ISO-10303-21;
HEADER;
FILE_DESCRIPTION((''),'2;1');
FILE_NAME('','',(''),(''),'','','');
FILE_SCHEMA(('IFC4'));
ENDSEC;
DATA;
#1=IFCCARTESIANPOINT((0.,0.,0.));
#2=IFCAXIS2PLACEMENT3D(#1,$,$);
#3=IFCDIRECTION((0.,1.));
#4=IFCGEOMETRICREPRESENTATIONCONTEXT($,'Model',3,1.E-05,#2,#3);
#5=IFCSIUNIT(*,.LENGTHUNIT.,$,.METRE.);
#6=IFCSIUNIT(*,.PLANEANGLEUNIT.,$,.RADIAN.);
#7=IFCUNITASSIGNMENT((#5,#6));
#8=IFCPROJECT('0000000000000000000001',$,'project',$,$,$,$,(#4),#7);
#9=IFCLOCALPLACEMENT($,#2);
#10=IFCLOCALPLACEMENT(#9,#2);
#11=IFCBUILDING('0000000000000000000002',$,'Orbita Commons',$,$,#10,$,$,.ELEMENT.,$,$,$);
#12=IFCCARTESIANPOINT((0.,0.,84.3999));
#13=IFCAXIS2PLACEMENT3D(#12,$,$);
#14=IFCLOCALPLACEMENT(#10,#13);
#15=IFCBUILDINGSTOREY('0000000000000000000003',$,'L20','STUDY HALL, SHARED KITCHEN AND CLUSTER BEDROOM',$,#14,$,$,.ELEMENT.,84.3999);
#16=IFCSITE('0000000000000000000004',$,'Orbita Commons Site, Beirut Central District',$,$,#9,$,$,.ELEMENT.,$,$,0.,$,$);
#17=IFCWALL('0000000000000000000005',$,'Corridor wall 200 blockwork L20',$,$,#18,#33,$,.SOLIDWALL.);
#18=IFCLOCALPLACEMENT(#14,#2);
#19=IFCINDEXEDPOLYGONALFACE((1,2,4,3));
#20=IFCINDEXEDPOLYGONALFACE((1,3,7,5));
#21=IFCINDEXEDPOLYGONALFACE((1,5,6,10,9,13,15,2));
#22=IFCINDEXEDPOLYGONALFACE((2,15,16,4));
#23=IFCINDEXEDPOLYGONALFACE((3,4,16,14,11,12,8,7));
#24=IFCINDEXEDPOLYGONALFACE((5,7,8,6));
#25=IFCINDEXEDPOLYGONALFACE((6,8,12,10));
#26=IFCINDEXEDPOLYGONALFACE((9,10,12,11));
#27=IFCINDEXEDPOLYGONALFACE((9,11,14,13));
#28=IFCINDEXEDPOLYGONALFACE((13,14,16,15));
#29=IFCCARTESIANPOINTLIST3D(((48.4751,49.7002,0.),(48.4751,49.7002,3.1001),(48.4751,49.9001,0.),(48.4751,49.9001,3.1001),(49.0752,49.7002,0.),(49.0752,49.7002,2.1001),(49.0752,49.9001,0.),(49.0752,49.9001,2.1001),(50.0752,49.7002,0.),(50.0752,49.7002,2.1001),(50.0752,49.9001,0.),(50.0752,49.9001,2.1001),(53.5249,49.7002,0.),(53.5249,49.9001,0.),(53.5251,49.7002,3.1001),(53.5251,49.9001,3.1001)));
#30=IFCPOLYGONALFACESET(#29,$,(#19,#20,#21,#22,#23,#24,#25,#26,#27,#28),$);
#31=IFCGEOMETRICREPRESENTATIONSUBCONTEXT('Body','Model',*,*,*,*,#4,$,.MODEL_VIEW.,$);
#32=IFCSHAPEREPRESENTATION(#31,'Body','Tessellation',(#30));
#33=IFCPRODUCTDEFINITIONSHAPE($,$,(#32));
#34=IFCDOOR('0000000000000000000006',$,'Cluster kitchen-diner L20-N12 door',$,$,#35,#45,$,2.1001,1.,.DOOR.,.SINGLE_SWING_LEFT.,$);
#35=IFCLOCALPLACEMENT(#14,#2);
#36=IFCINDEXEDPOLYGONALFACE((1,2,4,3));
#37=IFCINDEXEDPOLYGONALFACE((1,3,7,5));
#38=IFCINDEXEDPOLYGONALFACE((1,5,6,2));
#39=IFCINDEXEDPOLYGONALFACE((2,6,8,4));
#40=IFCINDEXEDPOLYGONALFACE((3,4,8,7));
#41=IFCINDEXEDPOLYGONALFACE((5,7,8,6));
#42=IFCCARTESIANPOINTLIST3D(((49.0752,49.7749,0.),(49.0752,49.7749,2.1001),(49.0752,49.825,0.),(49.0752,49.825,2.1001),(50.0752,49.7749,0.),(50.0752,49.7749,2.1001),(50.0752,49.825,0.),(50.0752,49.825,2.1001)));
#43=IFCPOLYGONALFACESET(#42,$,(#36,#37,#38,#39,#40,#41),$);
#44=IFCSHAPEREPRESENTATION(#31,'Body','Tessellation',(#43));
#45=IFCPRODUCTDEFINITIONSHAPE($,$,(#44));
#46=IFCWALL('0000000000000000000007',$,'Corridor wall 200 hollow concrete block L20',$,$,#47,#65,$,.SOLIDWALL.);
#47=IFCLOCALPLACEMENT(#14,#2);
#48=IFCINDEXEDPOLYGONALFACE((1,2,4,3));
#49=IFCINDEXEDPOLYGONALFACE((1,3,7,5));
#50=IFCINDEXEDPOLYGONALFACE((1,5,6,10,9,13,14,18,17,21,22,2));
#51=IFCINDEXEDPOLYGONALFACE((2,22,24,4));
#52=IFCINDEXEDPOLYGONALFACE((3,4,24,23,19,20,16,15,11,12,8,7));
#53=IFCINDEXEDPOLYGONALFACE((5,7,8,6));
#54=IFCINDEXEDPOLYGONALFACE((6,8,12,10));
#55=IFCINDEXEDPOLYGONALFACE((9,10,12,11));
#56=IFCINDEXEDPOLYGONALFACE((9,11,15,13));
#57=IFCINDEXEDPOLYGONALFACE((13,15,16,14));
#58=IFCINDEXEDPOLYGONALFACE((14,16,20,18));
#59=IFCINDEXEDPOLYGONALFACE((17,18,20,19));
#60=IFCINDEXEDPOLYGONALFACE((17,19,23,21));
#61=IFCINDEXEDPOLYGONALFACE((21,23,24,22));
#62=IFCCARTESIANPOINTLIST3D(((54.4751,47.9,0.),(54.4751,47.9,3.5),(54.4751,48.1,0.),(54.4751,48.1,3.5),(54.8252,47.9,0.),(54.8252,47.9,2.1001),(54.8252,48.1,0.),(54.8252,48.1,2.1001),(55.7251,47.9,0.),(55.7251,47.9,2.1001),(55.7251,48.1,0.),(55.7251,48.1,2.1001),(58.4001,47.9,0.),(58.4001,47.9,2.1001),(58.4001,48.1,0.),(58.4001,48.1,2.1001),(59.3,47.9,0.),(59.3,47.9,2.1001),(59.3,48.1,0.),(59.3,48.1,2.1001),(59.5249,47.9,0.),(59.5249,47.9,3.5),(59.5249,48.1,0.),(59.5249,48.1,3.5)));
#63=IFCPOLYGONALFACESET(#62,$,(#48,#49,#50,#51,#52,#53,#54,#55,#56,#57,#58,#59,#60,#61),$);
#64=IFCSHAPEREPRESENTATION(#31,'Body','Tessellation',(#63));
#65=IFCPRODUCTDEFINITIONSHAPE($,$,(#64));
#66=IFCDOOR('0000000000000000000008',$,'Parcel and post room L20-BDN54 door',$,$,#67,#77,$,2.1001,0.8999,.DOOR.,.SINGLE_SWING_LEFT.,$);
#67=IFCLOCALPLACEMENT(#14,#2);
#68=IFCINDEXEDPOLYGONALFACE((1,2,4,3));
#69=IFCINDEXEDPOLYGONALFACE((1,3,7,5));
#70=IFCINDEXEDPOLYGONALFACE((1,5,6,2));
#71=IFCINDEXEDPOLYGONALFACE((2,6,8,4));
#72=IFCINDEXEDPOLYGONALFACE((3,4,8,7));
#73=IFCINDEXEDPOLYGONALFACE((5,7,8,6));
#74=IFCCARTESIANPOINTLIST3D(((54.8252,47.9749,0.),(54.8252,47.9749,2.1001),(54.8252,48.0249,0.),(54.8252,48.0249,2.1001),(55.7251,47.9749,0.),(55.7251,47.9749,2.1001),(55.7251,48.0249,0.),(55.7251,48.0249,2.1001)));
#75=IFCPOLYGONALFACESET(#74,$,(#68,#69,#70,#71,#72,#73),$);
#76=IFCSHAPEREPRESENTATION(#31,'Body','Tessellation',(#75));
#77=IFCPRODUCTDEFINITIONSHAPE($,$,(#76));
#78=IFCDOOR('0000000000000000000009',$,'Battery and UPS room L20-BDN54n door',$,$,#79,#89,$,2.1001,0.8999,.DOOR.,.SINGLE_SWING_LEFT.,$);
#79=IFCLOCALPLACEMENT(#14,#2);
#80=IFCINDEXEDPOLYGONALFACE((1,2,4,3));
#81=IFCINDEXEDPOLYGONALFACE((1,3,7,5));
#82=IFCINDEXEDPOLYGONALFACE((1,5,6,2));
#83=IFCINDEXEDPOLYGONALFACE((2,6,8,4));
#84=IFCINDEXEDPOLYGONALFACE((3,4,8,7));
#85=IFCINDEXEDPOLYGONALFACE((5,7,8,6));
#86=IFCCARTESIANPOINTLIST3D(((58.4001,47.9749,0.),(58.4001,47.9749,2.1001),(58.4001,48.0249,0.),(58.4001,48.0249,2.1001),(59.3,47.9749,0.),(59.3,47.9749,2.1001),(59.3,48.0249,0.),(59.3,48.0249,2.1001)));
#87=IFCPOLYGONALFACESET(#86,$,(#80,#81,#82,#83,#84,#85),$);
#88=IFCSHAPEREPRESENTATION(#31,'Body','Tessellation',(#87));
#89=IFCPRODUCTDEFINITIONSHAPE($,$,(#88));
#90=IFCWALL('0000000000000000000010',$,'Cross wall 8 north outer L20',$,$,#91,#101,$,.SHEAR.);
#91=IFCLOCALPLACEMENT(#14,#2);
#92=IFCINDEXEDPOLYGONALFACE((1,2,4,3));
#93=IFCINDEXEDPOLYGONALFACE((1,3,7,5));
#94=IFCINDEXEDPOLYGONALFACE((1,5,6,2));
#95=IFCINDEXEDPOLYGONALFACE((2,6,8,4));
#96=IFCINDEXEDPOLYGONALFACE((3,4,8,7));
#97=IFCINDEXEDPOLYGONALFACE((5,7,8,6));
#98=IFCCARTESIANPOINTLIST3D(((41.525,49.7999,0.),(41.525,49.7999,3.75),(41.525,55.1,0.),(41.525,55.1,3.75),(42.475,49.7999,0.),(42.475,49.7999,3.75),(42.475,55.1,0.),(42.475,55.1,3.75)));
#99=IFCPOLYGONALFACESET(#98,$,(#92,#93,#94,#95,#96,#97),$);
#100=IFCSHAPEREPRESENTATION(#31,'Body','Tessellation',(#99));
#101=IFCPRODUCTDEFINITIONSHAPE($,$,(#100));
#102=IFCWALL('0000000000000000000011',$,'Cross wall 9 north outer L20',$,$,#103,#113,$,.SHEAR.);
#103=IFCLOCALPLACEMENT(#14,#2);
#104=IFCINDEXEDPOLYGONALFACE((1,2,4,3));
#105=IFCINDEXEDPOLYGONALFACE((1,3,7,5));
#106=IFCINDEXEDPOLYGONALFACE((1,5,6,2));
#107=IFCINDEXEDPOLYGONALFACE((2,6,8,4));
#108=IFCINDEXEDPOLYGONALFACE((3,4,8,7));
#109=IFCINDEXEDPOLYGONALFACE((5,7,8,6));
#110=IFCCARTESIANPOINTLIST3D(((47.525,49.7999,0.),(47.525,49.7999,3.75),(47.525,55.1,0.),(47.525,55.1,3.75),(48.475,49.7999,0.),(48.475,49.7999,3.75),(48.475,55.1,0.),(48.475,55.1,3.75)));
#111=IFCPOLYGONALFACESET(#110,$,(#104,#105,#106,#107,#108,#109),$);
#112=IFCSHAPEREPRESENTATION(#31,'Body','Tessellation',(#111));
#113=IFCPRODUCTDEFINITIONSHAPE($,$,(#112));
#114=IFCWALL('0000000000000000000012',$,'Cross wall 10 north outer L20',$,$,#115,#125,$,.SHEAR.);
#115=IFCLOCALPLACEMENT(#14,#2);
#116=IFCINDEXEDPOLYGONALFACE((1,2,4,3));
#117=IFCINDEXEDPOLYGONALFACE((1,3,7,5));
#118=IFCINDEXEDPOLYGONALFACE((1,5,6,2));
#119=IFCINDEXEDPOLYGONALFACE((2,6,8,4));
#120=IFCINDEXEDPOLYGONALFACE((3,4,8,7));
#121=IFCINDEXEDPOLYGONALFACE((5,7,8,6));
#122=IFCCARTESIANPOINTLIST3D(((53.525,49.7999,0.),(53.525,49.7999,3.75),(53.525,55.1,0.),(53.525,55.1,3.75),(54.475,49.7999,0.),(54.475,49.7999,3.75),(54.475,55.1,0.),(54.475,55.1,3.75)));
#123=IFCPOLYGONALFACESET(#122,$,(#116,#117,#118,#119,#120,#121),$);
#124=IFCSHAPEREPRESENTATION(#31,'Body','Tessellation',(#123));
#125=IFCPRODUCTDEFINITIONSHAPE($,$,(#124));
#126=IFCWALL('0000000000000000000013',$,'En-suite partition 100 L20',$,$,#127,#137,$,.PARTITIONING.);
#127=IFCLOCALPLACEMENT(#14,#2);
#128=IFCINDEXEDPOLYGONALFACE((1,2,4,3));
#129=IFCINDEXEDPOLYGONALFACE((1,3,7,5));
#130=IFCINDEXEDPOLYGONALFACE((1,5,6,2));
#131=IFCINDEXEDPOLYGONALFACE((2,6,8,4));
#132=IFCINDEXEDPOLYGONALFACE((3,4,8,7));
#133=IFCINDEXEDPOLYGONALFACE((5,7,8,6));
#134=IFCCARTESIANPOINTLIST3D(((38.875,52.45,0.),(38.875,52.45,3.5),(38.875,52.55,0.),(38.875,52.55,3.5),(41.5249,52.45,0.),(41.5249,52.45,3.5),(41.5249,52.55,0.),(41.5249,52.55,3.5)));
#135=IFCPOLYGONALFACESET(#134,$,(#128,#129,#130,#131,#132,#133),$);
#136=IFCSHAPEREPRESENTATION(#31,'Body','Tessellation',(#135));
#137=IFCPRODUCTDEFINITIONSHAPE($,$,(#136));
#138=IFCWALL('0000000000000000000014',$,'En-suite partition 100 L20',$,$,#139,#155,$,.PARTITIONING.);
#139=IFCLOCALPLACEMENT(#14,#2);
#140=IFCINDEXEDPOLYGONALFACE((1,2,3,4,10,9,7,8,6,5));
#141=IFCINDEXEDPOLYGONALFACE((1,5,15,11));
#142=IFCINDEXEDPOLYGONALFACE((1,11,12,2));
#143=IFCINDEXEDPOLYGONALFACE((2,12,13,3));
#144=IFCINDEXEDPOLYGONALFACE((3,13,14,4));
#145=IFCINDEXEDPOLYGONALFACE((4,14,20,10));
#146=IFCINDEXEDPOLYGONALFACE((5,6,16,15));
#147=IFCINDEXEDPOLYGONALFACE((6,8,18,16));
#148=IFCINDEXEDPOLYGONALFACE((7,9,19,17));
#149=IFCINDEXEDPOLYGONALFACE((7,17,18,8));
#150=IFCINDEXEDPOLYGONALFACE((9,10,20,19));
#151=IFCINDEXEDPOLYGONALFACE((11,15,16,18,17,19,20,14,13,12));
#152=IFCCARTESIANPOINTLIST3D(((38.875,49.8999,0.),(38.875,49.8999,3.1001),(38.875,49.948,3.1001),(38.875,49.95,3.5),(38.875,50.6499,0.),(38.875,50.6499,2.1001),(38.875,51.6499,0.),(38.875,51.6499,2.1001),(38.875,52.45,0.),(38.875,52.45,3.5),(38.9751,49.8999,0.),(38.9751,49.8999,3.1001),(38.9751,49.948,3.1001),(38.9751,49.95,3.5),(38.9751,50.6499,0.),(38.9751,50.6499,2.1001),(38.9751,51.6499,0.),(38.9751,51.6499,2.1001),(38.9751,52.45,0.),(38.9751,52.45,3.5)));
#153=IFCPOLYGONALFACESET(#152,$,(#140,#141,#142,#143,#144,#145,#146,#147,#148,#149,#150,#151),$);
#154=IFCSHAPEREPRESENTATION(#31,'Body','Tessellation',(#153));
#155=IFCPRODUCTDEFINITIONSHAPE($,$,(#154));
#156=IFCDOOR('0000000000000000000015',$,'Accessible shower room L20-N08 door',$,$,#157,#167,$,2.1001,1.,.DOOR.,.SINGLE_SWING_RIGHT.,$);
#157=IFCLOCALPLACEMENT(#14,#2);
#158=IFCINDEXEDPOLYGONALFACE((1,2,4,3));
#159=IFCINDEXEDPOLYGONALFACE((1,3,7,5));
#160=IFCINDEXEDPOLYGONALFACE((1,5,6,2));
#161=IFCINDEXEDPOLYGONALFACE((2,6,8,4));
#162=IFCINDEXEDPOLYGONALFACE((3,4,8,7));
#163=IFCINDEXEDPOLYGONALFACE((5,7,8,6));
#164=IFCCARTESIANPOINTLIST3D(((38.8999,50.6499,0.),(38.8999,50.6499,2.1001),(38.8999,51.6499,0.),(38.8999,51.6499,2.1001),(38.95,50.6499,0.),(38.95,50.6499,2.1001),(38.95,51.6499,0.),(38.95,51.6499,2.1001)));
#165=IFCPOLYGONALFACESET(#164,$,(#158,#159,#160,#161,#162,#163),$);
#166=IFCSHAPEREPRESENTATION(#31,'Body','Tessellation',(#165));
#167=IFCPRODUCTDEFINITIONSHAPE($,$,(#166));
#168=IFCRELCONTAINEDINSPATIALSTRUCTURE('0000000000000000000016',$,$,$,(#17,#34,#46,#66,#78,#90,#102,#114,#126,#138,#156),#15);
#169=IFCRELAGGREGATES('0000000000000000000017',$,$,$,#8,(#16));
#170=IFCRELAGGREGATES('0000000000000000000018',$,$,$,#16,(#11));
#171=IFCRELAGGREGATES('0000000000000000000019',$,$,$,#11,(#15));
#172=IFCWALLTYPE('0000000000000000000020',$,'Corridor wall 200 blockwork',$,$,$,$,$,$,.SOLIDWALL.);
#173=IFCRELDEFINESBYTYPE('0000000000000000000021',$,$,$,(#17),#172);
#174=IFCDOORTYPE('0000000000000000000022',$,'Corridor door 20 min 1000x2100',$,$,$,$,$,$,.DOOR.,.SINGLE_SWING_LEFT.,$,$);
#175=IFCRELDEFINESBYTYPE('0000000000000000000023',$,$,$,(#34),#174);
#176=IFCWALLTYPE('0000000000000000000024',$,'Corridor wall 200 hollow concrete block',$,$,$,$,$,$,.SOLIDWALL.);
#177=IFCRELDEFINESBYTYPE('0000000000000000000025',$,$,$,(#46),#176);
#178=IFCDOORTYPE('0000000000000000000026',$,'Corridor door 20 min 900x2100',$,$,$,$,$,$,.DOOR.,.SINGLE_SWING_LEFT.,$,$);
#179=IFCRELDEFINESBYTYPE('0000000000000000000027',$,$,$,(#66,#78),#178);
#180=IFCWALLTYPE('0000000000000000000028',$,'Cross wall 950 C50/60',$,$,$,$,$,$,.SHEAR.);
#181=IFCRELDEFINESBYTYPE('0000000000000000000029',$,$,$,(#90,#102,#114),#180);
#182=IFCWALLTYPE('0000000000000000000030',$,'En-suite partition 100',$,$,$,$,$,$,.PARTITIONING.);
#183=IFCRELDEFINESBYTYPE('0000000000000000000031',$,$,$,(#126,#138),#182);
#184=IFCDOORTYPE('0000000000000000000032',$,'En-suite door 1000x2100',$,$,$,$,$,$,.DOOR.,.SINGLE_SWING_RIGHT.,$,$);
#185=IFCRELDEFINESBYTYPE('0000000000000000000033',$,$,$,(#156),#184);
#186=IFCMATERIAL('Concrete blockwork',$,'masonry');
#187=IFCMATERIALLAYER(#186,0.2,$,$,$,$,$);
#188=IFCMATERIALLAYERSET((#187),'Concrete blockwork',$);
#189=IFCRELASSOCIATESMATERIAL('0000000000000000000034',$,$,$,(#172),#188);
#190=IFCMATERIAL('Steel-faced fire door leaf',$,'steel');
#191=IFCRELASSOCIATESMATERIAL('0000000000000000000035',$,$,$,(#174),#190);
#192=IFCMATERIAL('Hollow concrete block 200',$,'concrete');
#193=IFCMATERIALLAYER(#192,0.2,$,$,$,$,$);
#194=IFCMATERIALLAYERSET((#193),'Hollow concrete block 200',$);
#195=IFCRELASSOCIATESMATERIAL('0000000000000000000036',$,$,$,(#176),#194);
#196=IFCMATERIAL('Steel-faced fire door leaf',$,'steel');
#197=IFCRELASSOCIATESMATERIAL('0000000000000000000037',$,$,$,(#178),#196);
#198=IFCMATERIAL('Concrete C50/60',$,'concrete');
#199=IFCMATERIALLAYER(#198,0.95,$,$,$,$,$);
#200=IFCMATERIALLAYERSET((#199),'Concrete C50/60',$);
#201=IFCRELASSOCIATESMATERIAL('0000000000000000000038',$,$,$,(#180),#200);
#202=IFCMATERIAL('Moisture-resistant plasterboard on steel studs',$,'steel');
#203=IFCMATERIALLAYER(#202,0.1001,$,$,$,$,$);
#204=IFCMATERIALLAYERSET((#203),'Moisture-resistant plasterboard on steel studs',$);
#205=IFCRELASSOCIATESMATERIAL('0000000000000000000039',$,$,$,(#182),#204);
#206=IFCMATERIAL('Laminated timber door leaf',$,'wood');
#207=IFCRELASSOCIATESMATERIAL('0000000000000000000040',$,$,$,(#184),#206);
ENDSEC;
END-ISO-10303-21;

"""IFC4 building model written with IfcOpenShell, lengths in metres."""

from ifc_helpers import new_model, si_unit, direction, frame, frame_2d, origin, place, context, subcontext, project, spatial, polyline, rectangle, outline, extrude, material, layer, layer_set, type_object, element, fill, save


model = new_model("IFC4")

# Units and contexts
model_context = context("Model", 3, precision=1e-05, world=origin(), true_north=direction((0.0, 1.0)))
body_context = subcontext(model_context, "Body", "Model", "MODEL_VIEW")
ifc_project = project(units=[si_unit("LENGTHUNIT", "METRE"), si_unit("PLANEANGLEUNIT", "RADIAN")], contexts=[model_context])

# Site, building, storey
site_placement = place(None, origin())
site = spatial("IfcSite", under=ifc_project, at=site_placement, Name="Orbita Commons Site, Beirut Central District", CompositionType="ELEMENT", RefElevation=0.0)
building_placement = place(site_placement, origin())
building = spatial("IfcBuilding", under=site, at=building_placement, Name="Orbita Commons", CompositionType="ELEMENT")
storey_placement = place(building_placement, frame((0.0, 0.0, 84.3999)))
storey = spatial("IfcBuildingStorey", under=building, at=storey_placement, Name="L20", Description="STUDY HALL, SHARED KITCHEN AND CLUSTER BEDROOM", CompositionType="ELEMENT", Elevation=84.3999)

# Wall, opening, door
ifc_material_1 = material(Name="Concrete blockwork", Category="masonry")
ifc_layer_1 = layer(ifc_material_1, 0.2)
ifc_layer_set_1 = layer_set([ifc_layer_1], Name="Concrete blockwork")
wall_type_1 = type_object("IfcWallType", Name="Corridor wall 200 blockwork", PredefinedType="SOLIDWALL", material=ifc_layer_set_1)
ifc_material_2 = material(Name="Steel-faced fire door leaf", Category="steel")
door_type_1 = type_object("IfcDoorType", Name="Corridor door 20 min 1000x2100", OperationType="SINGLE_SWING_LEFT", PredefinedType="DOOR", material=ifc_material_2)
wall_1_placement = place(storey_placement, frame((48.4751, 49.8, 0.0), z_axis=(0.0, 0.0, 1.0), x_axis=(1.0, 0.0, 0.0)))
wall_1 = element("IfcWall", 1, at=wall_1_placement, inside=storey, type_object=wall_type_1, Name="Corridor wall 200 blockwork L20", PredefinedType="SOLIDWALL", context=body_context, shape_type="SweptSolid", body=[
    extrude(outline(polyline([(0.0, 0.0), (5.0498, 0.0), (5.05, 3.1001), (0.0, 3.1001), (0.0, 0.0)])), frame((0.0, 0.1001, 0.0), z_axis=(0.0, -1.0, 0.0), x_axis=(1.0, 0.0, 0.0)), (0.0, 0.0, 1.0), 0.2),
])
opening_1_placement = place(wall_1_placement, frame((0.6001, 0.0, 0.0)))
opening_1 = element("IfcOpeningElement", 2, at=opening_1_placement, cuts=wall_1, PredefinedType="OPENING", context=body_context, shape_type="SweptSolid", body=[
    extrude(rectangle(XDim=1.0, YDim=2.1001, at=frame_2d((0.5, 1.05))), frame((0.0, 0.1099, 0.0), z_axis=(0.0, -1.0, 0.0), x_axis=(1.0, 0.0, 0.0)), (0.0, 0.0, 1.0), 0.22),
])
door_1_placement = place(opening_1_placement, origin())
door_1 = element("IfcDoor", 3, at=door_1_placement, inside=storey, type_object=door_type_1, Name="Cluster kitchen-diner L20-N12 door", OperationType="SINGLE_SWING_LEFT", OverallHeight=2.1001, OverallWidth=1.0, PredefinedType="DOOR", context=body_context, shape_type="SweptSolid", body=[
    extrude(rectangle(XDim=1.0, YDim=2.1001, at=frame_2d((0.5, 1.05))), frame((0.0, 0.0249, 0.0), z_axis=(0.0, -1.0, 0.0), x_axis=(1.0, 0.0, 0.0)), (0.0, 0.0, 1.0), 0.05),
])
fill(opening_1, door_1)

# Wall, openings, doors
ifc_material_3 = material(Name="Hollow concrete block 200", Category="concrete")
ifc_layer_2 = layer(ifc_material_3, 0.2)
ifc_layer_set_2 = layer_set([ifc_layer_2], Name="Hollow concrete block 200")
wall_type_2 = type_object("IfcWallType", Name="Corridor wall 200 hollow concrete block", PredefinedType="SOLIDWALL", material=ifc_layer_set_2)
wall_2_placement = place(storey_placement, frame((54.4751, 48.0, 0.0), z_axis=(0.0, 0.0, 1.0), x_axis=(1.0, 0.0, 0.0)))
wall_2 = element("IfcWall", 4, at=wall_2_placement, inside=storey, type_object=wall_type_2, Name="Corridor wall 200 hollow concrete block L20", PredefinedType="SOLIDWALL", context=body_context, shape_type="SweptSolid", body=[
    extrude(rectangle(XDim=5.0498, YDim=0.2, at=frame_2d((2.5249, 0.0))), origin(), (0.0, 0.0, 1.0), 3.5),
])
opening_2_placement = place(wall_2_placement, frame((0.3501, 0.0, 0.0)))
opening_2 = element("IfcOpeningElement", 5, at=opening_2_placement, cuts=wall_2, PredefinedType="OPENING", context=body_context, shape_type="SweptSolid", body=[
    extrude(rectangle(XDim=0.8999, YDim=2.1001, at=frame_2d((0.45, 1.05))), frame((0.0, 0.1099, 0.0), z_axis=(0.0, -1.0, 0.0), x_axis=(1.0, 0.0, 0.0)), (0.0, 0.0, 1.0), 0.22),
])
opening_3_placement = place(wall_2_placement, frame((3.925, 0.0, 0.0)))
opening_3 = element("IfcOpeningElement", 6, at=opening_3_placement, cuts=wall_2, PredefinedType="OPENING", context=body_context, shape_type="SweptSolid", body=[
    extrude(rectangle(XDim=0.8999, YDim=2.1001, at=frame_2d((0.45, 1.05))), frame((0.0, 0.1099, 0.0), z_axis=(0.0, -1.0, 0.0), x_axis=(1.0, 0.0, 0.0)), (0.0, 0.0, 1.0), 0.22),
])
ifc_material_4 = material(Name="Steel-faced fire door leaf", Category="steel")
door_type_2 = type_object("IfcDoorType", Name="Corridor door 20 min 900x2100", OperationType="SINGLE_SWING_LEFT", PredefinedType="DOOR", material=ifc_material_4)
door_2_placement = place(opening_2_placement, origin())
door_2 = element("IfcDoor", 7, at=door_2_placement, inside=storey, type_object=door_type_2, Name="Parcel and post room L20-BDN54 door", OperationType="SINGLE_SWING_LEFT", OverallHeight=2.1001, OverallWidth=0.8999, PredefinedType="DOOR", context=body_context, shape_type="SweptSolid", body=[
    extrude(rectangle(XDim=0.8999, YDim=2.1001, at=frame_2d((0.45, 1.05))), frame((0.0, 0.0249, 0.0), z_axis=(0.0, -1.0, 0.0), x_axis=(1.0, 0.0, 0.0)), (0.0, 0.0, 1.0), 0.05),
])
fill(opening_2, door_2)
door_3_placement = place(opening_3_placement, origin())
door_3 = element("IfcDoor", 8, at=door_3_placement, inside=storey, type_object=door_type_2, Name="Battery and UPS room L20-BDN54n door", OperationType="SINGLE_SWING_LEFT", OverallHeight=2.1001, OverallWidth=0.8999, PredefinedType="DOOR", context=body_context, shape_type="SweptSolid", body=[
    extrude(rectangle(XDim=0.8999, YDim=2.1001, at=frame_2d((0.45, 1.05))), frame((0.0, 0.0249, 0.0), z_axis=(0.0, -1.0, 0.0), x_axis=(1.0, 0.0, 0.0)), (0.0, 0.0, 1.0), 0.05),
])
fill(opening_3, door_3)

# Walls
ifc_material_5 = material(Name="Concrete C50/60", Category="concrete")
ifc_layer_3 = layer(ifc_material_5, 0.95)
ifc_layer_set_3 = layer_set([ifc_layer_3], Name="Concrete C50/60")
wall_type_3 = type_object("IfcWallType", Name="Cross wall 950 C50/60", PredefinedType="SHEAR", material=ifc_layer_set_3)
for number, where, z_axis, x_axis, name in (
    (9, (42.0, 49.8, 0.0), (0.0, 0.0, 1.0), (0.0, 1.0, 0.0), "Cross wall 8 north outer L20"),
    (10, (48.0, 49.8, 0.0), (0.0, 0.0, 1.0), (0.0, 1.0, 0.0), "Cross wall 9 north outer L20"),
    (11, (54.0, 49.8, 0.0), (0.0, 0.0, 1.0), (0.0, 1.0, 0.0), "Cross wall 10 north outer L20"),
):
    element("IfcWall", number, at=place(storey_placement, frame(where, z_axis=z_axis, x_axis=x_axis)), inside=storey, type_object=wall_type_3, Name=name, PredefinedType="SHEAR", context=body_context, shape_type="SweptSolid", body=[
        extrude(rectangle(XDim=5.3, YDim=0.95, at=frame_2d((2.6499, 0.0))), origin(), (0.0, 0.0, 1.0), 3.75),
    ])
ifc_material_6 = material(Name="Moisture-resistant plasterboard on steel studs", Category="steel")
ifc_layer_4 = layer(ifc_material_6, 0.1001)
ifc_layer_set_4 = layer_set([ifc_layer_4], Name="Moisture-resistant plasterboard on steel studs")
wall_type_4 = type_object("IfcWallType", Name="En-suite partition 100", PredefinedType="PARTITIONING", material=ifc_layer_set_4)
wall_3_placement = place(storey_placement, frame((38.875, 52.5, 0.0), z_axis=(0.0, 0.0, 1.0), x_axis=(1.0, 0.0, 0.0)))
element("IfcWall", 12, at=wall_3_placement, inside=storey, type_object=wall_type_4, Name="En-suite partition 100 L20", PredefinedType="PARTITIONING", context=body_context, shape_type="SweptSolid", body=[
    extrude(rectangle(XDim=2.6499, YDim=0.1001, at=frame_2d((1.325, 0.0))), origin(), (0.0, 0.0, 1.0), 3.5),
])

# Wall, opening, door
wall_4_placement = place(storey_placement, frame((38.925, 52.45, 0.0), z_axis=(0.0, 0.0, 1.0), x_axis=(0.0, -1.0, 0.0)))
wall_4 = element("IfcWall", 13, at=wall_4_placement, inside=storey, type_object=wall_type_4, Name="En-suite partition 100 L20", PredefinedType="PARTITIONING", context=body_context, shape_type="SweptSolid", body=[
    extrude(outline(polyline([(0.0, 0.0), (2.55, 0.0), (2.55, 3.1001), (2.502, 3.1001), (2.5, 3.5), (0.0, 3.5), (0.0, 0.0)])), frame((0.0, 0.05, 0.0), z_axis=(0.0, -1.0, 0.0), x_axis=(1.0, 0.0, 0.0)), (0.0, 0.0, 1.0), 0.1001),
])
opening_4_placement = place(wall_4_placement, frame((0.8, 0.0, 0.0)))
opening_4 = element("IfcOpeningElement", 14, at=opening_4_placement, cuts=wall_4, PredefinedType="OPENING", context=body_context, shape_type="SweptSolid", body=[
    extrude(rectangle(XDim=1.0, YDim=2.1001, at=frame_2d((0.5, 1.05))), frame((0.0, 0.0601, 0.0), z_axis=(0.0, -1.0, 0.0), x_axis=(1.0, 0.0, 0.0)), (0.0, 0.0, 1.0), 0.1201),
])
ifc_material_7 = material(Name="Laminated timber door leaf", Category="wood")
door_type_3 = type_object("IfcDoorType", Name="En-suite door 1000x2100", OperationType="SINGLE_SWING_RIGHT", PredefinedType="DOOR", material=ifc_material_7)
door_4_placement = place(opening_4_placement, origin())
door_4 = element("IfcDoor", 15, at=door_4_placement, inside=storey, type_object=door_type_3, Name="Accessible shower room L20-N08 door", OperationType="SINGLE_SWING_RIGHT", OverallHeight=2.1001, OverallWidth=1.0, PredefinedType="DOOR", context=body_context, shape_type="SweptSolid", body=[
    extrude(rectangle(XDim=1.0, YDim=2.1001, at=frame_2d((0.5, 1.05))), frame((0.0, 0.0249, 0.0), z_axis=(0.0, -1.0, 0.0), x_axis=(1.0, 0.0, 0.0)), (0.0, 0.0, 1.0), 0.05),
])
fill(opening_4, door_4)

save(model, "model.ifc")
